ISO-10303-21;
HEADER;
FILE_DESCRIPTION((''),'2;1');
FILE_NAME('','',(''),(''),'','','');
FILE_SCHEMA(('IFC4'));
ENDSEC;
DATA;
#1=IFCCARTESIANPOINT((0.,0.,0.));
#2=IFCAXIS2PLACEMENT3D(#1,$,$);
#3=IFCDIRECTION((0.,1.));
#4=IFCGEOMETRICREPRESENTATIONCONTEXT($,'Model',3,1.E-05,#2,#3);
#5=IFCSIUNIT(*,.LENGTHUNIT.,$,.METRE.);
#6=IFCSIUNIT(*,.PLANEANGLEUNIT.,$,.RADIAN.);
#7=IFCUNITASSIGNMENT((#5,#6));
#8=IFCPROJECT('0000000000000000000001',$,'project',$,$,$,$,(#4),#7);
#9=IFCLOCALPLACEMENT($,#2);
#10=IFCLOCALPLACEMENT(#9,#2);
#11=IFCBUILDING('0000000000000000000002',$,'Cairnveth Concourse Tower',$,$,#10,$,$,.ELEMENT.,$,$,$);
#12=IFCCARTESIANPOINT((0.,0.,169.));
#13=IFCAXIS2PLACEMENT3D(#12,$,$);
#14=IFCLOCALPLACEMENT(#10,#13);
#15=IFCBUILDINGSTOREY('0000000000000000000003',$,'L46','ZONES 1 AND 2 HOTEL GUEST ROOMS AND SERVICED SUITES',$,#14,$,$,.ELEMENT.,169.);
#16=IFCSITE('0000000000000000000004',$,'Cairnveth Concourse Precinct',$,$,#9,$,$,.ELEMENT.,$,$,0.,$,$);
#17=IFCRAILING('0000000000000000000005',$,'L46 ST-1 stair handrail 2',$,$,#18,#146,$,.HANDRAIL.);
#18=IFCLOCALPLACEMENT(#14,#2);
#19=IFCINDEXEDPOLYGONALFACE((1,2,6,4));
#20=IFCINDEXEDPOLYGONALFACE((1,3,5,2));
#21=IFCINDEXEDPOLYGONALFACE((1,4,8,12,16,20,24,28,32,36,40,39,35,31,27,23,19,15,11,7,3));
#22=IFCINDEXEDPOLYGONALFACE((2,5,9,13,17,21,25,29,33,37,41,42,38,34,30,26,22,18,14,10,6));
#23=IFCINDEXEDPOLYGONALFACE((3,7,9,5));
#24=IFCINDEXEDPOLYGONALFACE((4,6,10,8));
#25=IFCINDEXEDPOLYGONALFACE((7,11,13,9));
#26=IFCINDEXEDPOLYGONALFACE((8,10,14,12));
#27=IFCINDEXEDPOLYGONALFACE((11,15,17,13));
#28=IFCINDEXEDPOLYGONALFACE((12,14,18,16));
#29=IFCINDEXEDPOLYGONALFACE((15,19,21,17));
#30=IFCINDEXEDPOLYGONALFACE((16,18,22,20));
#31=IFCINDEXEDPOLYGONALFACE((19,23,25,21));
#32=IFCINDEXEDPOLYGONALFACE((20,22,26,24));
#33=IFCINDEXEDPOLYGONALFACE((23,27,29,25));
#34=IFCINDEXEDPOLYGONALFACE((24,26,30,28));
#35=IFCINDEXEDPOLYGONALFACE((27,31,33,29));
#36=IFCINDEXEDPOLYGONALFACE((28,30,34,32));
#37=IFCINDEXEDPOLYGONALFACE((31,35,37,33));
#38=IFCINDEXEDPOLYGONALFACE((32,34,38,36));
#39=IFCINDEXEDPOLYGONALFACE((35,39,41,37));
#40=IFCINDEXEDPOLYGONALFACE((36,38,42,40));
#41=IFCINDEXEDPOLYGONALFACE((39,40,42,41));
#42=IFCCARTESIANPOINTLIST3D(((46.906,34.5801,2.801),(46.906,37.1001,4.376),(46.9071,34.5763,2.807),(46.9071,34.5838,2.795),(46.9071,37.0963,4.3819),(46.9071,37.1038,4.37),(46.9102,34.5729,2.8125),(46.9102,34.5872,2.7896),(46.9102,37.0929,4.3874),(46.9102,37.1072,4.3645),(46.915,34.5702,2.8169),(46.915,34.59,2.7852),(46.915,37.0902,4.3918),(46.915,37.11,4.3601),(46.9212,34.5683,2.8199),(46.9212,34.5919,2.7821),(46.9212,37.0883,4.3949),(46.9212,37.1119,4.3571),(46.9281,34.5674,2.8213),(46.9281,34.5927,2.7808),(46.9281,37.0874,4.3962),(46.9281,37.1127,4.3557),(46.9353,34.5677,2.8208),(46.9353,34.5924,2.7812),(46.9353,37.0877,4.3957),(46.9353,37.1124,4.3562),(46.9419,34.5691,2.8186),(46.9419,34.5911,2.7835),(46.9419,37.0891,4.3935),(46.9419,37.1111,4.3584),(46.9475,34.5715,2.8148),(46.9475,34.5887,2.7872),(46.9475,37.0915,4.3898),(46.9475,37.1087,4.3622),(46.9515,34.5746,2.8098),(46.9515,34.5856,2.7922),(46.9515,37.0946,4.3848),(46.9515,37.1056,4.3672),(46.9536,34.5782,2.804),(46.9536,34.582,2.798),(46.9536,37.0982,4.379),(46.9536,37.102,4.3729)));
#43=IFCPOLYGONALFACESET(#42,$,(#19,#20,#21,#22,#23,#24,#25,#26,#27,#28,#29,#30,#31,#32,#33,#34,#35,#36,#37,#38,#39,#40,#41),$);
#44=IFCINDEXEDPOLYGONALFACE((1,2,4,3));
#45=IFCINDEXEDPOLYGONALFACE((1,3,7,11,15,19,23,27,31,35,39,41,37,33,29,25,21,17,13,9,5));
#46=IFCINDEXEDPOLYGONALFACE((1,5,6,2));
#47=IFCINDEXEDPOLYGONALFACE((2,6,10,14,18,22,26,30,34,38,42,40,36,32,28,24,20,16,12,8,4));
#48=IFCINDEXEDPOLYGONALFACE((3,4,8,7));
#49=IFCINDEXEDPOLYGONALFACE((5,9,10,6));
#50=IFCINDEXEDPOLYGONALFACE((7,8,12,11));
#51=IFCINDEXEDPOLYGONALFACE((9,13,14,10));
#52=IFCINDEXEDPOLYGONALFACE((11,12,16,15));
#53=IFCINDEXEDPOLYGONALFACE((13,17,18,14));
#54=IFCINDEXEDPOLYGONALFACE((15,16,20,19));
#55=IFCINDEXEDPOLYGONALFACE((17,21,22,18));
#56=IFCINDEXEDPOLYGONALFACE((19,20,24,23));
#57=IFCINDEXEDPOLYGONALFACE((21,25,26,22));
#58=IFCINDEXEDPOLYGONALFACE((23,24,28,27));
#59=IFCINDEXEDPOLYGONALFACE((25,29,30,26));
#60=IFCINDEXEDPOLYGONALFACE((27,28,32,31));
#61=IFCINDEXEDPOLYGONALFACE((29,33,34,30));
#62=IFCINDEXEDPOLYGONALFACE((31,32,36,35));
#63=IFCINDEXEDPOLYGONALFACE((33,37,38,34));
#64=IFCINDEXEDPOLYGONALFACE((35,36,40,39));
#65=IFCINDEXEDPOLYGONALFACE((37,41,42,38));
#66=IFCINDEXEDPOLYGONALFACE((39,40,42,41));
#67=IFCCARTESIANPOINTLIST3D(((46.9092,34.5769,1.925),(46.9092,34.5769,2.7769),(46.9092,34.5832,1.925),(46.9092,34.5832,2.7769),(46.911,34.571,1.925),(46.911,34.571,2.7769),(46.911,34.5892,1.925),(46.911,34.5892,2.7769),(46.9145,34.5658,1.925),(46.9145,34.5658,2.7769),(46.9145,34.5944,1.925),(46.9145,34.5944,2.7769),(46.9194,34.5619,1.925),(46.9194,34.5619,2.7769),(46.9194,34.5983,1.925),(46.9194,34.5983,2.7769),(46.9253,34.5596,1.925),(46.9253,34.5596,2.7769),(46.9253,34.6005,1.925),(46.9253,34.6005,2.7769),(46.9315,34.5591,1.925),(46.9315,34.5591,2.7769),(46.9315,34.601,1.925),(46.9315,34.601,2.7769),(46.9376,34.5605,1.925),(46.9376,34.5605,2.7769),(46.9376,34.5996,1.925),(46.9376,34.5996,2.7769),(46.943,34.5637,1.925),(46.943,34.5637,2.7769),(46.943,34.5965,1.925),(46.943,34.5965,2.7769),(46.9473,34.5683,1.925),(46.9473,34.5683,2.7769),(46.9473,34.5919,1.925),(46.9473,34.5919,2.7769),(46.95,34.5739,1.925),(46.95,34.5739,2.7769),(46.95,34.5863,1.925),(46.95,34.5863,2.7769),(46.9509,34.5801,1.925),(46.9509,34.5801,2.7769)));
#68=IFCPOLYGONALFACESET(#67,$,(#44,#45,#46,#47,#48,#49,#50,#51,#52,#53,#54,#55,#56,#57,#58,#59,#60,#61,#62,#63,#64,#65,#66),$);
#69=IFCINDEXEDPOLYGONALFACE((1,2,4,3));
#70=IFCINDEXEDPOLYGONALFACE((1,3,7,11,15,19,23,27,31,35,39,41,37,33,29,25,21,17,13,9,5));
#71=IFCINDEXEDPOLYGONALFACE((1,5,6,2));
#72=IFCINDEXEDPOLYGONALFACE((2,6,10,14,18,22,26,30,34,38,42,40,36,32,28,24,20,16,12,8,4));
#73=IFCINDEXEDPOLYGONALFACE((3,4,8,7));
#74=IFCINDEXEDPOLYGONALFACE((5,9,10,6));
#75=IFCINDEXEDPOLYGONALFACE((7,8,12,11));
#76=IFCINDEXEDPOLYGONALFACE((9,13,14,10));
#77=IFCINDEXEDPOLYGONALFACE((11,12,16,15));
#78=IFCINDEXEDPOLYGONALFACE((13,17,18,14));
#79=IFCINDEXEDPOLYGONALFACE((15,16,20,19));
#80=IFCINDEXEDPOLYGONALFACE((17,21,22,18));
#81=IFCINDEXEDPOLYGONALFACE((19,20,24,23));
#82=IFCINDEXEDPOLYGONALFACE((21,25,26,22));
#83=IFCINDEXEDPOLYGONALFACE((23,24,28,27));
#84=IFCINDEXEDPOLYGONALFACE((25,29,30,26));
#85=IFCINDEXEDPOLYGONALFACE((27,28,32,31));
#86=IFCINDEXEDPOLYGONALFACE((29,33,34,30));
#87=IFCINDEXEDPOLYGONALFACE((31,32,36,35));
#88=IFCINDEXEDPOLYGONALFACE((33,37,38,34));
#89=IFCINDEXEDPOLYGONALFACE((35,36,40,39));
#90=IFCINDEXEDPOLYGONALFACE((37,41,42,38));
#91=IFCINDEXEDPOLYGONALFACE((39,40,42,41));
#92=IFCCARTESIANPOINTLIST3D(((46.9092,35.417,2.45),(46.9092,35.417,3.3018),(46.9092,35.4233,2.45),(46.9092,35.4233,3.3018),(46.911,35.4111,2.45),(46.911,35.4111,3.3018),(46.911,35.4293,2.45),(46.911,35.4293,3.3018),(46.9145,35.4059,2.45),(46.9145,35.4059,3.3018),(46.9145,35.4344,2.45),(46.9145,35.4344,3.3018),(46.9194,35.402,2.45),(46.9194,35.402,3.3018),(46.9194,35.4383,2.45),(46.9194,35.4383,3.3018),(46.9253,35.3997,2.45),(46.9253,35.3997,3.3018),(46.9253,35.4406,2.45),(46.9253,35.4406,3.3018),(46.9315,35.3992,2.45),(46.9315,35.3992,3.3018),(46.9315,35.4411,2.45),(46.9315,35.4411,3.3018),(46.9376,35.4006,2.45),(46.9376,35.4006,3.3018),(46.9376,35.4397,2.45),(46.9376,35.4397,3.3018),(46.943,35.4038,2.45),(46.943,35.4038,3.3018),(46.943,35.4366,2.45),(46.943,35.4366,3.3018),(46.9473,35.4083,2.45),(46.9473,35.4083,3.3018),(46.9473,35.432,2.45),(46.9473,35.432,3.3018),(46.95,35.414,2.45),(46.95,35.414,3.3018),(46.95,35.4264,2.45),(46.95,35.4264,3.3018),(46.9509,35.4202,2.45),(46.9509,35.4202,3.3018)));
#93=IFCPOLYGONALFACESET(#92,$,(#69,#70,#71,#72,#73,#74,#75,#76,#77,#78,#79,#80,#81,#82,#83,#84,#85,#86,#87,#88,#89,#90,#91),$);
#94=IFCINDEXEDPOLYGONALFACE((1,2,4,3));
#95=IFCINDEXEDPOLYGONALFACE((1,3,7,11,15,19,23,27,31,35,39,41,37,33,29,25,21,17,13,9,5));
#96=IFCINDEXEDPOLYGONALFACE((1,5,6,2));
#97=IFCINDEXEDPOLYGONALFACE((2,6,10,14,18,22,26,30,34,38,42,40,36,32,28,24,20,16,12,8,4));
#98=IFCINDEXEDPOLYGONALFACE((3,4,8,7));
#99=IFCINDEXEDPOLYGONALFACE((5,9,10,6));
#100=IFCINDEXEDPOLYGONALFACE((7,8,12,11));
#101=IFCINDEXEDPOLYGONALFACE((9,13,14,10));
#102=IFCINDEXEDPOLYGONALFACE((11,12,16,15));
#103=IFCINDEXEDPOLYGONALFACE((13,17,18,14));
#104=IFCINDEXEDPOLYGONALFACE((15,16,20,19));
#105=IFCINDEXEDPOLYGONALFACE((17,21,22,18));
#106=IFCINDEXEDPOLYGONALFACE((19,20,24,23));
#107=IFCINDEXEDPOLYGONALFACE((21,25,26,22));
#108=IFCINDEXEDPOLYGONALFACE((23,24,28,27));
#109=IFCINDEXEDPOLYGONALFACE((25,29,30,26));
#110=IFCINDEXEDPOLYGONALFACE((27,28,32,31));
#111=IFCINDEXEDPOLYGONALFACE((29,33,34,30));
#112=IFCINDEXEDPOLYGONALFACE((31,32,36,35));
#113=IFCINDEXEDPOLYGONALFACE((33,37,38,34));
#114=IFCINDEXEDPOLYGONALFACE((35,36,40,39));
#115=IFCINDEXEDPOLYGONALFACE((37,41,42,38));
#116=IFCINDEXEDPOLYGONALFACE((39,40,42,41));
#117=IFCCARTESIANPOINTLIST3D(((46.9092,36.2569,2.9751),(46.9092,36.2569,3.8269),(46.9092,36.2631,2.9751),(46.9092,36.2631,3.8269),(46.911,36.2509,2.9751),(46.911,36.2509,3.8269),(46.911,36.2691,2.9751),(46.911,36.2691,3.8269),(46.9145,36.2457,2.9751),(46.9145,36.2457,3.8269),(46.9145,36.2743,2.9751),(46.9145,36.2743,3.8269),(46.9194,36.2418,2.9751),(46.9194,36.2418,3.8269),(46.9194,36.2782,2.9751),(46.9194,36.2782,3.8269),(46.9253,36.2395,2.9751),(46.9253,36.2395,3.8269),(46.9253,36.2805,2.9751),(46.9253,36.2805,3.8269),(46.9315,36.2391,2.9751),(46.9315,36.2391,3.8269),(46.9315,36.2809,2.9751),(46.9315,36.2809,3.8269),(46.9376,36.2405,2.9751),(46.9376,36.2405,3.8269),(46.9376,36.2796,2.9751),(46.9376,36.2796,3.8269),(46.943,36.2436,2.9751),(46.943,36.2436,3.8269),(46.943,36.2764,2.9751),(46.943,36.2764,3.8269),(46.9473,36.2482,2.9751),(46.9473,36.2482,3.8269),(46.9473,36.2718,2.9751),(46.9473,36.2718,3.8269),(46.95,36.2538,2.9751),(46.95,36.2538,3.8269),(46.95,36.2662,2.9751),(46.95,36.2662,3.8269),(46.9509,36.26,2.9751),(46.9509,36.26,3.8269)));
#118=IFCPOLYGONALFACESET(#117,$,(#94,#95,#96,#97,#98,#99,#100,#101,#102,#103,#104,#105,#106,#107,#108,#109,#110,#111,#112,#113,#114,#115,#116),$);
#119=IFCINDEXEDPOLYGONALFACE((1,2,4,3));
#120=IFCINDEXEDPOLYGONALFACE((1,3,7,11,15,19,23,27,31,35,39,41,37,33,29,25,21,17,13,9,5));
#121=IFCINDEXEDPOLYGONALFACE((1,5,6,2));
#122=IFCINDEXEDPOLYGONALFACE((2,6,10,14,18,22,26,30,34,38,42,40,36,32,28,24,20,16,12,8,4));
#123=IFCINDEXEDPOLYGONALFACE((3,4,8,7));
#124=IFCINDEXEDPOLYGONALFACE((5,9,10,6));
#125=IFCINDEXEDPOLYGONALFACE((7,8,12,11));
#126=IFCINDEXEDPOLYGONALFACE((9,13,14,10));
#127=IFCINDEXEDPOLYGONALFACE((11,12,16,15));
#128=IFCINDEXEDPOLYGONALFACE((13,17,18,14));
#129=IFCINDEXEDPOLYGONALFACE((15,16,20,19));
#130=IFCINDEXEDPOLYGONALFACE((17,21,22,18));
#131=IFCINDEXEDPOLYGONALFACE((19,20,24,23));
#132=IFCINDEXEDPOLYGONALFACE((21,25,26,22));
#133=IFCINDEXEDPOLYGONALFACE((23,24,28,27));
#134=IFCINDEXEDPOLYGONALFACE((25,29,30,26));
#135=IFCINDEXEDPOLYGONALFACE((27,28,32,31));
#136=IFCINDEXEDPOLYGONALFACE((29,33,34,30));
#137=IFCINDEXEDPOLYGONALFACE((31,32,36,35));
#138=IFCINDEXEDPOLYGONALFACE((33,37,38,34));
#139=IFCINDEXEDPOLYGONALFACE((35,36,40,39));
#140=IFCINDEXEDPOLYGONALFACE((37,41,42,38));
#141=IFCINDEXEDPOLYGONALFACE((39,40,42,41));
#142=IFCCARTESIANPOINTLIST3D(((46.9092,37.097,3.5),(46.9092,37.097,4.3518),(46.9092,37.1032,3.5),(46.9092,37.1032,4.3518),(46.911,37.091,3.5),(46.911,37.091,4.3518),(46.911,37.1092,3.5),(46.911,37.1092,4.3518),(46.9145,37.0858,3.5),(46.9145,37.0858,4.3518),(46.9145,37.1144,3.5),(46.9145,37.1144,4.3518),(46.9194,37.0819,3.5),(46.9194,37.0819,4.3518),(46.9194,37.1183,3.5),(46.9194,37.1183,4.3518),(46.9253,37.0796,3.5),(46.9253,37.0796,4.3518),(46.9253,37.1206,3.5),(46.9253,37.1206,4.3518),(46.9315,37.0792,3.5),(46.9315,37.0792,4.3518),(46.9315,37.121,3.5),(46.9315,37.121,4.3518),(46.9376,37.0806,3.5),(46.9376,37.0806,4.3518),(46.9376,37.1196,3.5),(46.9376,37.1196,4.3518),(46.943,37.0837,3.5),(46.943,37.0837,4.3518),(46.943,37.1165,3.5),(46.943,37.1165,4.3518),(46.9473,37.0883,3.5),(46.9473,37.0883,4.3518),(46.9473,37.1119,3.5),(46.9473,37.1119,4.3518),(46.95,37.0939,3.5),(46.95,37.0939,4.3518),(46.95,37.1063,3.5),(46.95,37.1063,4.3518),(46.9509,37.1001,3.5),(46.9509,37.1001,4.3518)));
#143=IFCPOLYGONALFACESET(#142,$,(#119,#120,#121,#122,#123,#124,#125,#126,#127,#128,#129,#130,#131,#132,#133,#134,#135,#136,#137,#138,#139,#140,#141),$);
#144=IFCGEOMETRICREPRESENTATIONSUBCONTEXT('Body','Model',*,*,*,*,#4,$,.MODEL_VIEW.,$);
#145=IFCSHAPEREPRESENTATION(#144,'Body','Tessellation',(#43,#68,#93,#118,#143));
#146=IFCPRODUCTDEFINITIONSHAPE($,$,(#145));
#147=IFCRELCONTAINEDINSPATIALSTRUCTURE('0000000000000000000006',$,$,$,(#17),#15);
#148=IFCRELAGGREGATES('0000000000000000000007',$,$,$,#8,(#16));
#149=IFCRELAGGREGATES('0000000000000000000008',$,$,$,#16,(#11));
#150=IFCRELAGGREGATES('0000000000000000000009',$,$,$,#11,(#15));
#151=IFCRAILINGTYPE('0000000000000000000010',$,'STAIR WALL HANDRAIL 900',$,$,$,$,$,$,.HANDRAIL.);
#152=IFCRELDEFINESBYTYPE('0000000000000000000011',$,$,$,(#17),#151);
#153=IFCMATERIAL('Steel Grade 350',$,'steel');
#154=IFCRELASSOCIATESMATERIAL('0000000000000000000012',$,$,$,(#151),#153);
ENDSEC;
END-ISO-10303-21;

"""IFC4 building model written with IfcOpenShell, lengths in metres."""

from ifc_helpers import new_model, si_unit, direction, frame, origin, origin_2d, place, context, subcontext, project, spatial, circle, extrude, material, type_object, element, save


model = new_model("IFC4")

# Units and contexts
model_context = context("Model", 3, precision=1e-05, world=origin(), true_north=direction((0.0, 1.0)))
body_context = subcontext(model_context, "Body", "Model", "MODEL_VIEW")
ifc_project = project(units=[si_unit("LENGTHUNIT", "METRE"), si_unit("PLANEANGLEUNIT", "RADIAN")], contexts=[model_context])

# Site, building, storey
site_placement = place(None, origin())
site = spatial("IfcSite", under=ifc_project, at=site_placement, Name="Cairnveth Concourse Precinct", CompositionType="ELEMENT", RefElevation=0.0)
building_placement = place(site_placement, origin())
building = spatial("IfcBuilding", under=site, at=building_placement, Name="Cairnveth Concourse Tower", CompositionType="ELEMENT")
storey_placement = place(building_placement, frame((0.0, 0.0, 169.0)))
storey = spatial("IfcBuildingStorey", under=building, at=storey_placement, Name="L46", Description="ZONES 1 AND 2 HOTEL GUEST ROOMS AND SERVICED SUITES", CompositionType="ELEMENT", Elevation=169.0)

# Shared definitions
ifc_material_1 = material(Name="Steel Grade 350", Category="steel")

# Railing
railing_type_1 = type_object("IfcRailingType", Name="STAIR WALL HANDRAIL 900", PredefinedType="HANDRAIL", material=ifc_material_1)
railing_1_placement = place(storey_placement, frame((46.9299, 34.5801, 1.925)))
element("IfcRailing", 1, at=railing_1_placement, inside=storey, type_object=railing_type_1, Name="L46 ST-1 stair handrail 2", PredefinedType="HANDRAIL", context=body_context, shape_type="SweptSolid", body=[
    extrude(circle(Radius=0.0239, at=origin_2d()), frame((0.0, 0.0, 0.876), z_axis=(0.0, 0.848008, 0.529984), x_axis=(-1.0, 0.0, 0.0)), (0.0, 0.0, 1.0), 2.9717),
    extrude(circle(Radius=0.021, at=origin_2d()), origin(), (0.0, 0.0, 1.0), 0.8518),
    extrude(circle(Radius=0.021, at=origin_2d()), frame((0.0, 0.8401, 0.5249)), (0.0, 0.0, 1.0), 0.8518),
    extrude(circle(Radius=0.021, at=origin_2d()), frame((0.0, 1.6799, 1.05)), (0.0, 0.0, 1.0), 0.8518),
    extrude(circle(Radius=0.021, at=origin_2d()), frame((0.0, 2.52, 1.575)), (0.0, 0.0, 1.0), 0.8518),
])

save(model, "model.ifc")
